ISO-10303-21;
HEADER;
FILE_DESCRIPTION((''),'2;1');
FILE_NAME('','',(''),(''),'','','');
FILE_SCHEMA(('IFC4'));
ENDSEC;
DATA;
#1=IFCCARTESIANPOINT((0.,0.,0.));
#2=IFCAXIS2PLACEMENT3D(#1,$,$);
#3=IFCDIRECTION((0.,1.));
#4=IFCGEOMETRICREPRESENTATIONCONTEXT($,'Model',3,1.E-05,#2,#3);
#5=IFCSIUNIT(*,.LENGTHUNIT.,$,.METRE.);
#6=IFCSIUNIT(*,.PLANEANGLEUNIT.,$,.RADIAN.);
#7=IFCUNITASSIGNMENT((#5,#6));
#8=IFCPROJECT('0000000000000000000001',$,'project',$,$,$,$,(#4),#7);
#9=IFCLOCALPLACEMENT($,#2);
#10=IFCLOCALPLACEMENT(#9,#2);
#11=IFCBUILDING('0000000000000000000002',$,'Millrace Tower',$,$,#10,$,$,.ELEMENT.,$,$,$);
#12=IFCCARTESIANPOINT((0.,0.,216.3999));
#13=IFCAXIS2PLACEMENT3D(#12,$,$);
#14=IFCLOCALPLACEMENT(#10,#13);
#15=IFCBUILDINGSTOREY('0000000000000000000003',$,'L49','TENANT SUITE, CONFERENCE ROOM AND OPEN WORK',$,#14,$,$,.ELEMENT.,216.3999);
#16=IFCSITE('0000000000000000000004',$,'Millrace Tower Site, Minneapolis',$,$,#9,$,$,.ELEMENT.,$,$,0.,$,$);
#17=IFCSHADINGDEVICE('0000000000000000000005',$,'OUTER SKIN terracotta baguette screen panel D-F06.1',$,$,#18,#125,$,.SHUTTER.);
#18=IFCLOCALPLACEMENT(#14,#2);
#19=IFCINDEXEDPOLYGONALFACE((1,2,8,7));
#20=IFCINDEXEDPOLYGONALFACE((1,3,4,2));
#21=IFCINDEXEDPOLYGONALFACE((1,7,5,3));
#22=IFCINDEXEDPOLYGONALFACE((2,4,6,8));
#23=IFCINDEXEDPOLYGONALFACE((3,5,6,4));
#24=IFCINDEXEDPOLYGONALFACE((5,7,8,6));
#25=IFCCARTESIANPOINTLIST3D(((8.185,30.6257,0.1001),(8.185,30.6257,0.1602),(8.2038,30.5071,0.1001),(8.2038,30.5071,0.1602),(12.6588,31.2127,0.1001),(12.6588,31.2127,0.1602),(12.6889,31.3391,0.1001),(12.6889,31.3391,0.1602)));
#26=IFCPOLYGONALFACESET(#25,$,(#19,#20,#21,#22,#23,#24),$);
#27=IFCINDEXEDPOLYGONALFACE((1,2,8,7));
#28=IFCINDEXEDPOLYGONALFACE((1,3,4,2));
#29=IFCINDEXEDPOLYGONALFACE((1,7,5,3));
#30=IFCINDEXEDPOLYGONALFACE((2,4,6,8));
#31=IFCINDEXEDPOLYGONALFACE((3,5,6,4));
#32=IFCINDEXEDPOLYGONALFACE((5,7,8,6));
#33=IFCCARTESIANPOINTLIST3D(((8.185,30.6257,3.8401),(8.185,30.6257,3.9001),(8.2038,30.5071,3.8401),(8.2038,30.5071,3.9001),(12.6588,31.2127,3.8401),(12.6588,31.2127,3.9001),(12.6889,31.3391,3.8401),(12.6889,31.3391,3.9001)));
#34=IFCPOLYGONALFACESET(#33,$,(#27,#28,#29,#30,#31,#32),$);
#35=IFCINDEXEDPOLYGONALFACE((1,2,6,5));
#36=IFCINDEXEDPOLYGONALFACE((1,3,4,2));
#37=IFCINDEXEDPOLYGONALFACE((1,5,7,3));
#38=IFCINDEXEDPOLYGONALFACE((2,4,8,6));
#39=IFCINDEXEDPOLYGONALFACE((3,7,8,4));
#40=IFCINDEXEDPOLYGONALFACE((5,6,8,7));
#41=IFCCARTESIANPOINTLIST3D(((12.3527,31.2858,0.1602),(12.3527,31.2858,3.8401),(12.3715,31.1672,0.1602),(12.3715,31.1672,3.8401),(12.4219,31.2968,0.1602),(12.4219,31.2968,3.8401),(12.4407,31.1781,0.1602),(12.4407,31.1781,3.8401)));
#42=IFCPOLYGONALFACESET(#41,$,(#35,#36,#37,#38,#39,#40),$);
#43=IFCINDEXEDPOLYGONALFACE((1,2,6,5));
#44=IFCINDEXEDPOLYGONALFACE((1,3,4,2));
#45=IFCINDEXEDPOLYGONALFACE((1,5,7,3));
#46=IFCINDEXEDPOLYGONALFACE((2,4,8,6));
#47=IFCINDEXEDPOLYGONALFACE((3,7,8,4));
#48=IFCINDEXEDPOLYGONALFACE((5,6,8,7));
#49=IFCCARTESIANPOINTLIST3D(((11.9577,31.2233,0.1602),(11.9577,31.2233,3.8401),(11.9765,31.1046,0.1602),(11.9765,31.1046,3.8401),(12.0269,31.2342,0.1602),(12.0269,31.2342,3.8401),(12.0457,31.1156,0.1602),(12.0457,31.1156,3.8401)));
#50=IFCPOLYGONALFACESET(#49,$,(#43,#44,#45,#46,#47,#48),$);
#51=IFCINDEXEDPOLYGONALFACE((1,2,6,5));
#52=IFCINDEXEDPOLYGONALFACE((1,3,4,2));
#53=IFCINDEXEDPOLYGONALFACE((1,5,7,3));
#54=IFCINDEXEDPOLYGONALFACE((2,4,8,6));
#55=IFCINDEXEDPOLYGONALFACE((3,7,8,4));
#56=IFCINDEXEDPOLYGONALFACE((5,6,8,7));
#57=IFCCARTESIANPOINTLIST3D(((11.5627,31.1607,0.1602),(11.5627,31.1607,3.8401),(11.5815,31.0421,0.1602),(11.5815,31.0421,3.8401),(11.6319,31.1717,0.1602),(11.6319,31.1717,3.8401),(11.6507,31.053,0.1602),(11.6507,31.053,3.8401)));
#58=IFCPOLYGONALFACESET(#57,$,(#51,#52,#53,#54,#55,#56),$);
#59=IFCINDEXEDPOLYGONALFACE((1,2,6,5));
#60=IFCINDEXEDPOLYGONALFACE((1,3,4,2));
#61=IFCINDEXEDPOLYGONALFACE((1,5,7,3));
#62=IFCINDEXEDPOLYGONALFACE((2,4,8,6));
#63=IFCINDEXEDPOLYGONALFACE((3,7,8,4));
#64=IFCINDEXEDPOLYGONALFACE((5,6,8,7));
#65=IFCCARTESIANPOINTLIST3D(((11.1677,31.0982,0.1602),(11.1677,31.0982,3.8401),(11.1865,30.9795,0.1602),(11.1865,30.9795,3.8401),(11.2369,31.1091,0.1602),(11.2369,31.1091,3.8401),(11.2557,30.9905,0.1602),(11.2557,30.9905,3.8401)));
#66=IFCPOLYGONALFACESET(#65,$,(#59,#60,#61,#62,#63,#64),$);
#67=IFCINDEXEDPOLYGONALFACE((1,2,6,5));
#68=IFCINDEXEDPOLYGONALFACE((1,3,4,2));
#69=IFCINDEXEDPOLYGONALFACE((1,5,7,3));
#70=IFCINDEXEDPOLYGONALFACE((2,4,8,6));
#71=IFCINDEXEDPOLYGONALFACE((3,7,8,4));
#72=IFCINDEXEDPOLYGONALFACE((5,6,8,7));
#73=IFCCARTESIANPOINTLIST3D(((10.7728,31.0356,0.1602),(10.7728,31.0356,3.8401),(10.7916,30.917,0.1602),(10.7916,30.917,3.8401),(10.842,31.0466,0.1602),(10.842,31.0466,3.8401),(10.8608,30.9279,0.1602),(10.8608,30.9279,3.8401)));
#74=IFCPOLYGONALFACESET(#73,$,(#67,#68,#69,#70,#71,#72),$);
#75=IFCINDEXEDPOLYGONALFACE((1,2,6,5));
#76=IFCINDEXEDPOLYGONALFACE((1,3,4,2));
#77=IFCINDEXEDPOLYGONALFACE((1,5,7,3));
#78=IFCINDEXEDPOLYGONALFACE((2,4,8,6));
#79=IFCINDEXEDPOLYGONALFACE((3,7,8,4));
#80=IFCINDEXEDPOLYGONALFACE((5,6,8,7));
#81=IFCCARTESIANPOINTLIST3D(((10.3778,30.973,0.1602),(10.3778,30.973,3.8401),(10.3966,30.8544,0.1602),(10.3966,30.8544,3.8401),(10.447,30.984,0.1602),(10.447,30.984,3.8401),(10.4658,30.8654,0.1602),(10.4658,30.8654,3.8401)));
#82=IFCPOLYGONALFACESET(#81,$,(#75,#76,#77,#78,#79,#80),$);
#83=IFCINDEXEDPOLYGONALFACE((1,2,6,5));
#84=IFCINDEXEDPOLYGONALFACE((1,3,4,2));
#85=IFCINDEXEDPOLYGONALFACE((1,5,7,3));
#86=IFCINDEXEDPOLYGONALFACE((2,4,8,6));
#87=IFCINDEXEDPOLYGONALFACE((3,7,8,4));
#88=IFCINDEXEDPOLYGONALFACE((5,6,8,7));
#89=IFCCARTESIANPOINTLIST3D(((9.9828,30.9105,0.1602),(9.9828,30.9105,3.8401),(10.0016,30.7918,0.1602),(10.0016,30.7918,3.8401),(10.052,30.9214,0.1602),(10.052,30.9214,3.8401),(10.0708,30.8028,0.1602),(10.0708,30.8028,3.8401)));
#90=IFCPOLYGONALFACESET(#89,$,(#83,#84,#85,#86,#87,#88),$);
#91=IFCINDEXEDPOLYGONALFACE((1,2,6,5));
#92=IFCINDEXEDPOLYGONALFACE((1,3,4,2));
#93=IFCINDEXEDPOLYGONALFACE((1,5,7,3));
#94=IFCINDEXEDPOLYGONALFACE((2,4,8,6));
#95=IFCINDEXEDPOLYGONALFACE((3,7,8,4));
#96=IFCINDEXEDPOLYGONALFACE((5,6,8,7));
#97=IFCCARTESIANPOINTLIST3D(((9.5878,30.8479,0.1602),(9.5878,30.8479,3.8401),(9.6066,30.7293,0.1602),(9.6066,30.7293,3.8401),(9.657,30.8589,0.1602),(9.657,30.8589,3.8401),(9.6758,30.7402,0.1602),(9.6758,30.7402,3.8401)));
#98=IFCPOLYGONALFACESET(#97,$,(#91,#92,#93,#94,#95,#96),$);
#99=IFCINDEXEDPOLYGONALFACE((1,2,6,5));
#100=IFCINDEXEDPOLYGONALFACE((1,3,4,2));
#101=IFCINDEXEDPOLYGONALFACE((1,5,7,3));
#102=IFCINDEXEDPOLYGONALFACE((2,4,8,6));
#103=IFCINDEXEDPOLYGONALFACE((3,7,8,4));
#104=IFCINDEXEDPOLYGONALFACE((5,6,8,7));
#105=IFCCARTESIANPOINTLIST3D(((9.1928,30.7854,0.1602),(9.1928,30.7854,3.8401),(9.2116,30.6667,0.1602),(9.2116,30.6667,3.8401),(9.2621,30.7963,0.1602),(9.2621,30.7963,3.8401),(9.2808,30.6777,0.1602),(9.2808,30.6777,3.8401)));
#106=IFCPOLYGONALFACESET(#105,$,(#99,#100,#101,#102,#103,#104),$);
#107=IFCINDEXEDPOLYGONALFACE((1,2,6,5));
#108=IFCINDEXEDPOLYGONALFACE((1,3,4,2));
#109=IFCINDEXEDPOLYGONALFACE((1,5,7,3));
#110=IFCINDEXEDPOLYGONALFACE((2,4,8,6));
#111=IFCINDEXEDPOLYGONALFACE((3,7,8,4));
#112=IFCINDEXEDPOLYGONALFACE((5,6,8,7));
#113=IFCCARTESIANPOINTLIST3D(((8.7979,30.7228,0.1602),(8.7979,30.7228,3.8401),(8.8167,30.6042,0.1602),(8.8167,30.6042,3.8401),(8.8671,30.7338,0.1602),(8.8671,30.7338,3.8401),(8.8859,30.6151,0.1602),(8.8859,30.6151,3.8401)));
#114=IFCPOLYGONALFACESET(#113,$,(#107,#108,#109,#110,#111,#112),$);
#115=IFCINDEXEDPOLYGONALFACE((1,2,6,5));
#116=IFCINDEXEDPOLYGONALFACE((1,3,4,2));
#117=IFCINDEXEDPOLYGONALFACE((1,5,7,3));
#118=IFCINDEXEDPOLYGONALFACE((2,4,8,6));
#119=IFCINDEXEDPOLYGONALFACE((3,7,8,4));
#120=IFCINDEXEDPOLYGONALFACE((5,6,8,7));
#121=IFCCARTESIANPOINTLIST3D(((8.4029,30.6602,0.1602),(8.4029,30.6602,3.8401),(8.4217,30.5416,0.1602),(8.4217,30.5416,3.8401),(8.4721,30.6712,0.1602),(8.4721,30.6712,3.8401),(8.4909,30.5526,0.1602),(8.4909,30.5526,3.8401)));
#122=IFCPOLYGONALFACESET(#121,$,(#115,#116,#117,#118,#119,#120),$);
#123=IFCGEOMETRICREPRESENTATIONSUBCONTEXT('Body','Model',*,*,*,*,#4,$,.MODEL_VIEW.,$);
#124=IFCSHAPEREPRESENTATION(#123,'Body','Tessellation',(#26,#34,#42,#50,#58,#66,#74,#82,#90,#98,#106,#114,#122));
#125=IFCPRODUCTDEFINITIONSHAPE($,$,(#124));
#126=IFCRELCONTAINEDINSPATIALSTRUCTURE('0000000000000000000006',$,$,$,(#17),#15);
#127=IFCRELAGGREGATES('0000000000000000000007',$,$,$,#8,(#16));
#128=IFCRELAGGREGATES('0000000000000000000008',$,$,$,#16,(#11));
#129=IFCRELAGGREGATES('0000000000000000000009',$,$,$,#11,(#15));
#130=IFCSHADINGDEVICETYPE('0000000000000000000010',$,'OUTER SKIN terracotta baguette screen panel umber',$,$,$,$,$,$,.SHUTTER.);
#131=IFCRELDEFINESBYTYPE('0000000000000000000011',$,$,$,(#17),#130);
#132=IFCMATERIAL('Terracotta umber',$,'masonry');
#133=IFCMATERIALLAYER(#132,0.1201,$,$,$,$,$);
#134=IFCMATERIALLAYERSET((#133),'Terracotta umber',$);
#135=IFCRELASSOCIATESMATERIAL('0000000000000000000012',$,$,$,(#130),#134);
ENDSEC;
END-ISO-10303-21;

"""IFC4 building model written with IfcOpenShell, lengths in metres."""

from ifc_helpers import new_model, entity, si_unit, direction, frame, frame_2d, origin, place, context, subcontext, project, spatial, rectangle, extrude, source, transform, mapped, material, layer, layer_set, type_object, element, save


model = new_model("IFC4")

# Units and contexts
model_context = context("Model", 3, precision=1e-05, world=origin(), true_north=direction((0.0, 1.0)))
body_context = subcontext(model_context, "Body", "Model", "MODEL_VIEW")
ifc_project = project(units=[si_unit("LENGTHUNIT", "METRE"), si_unit("PLANEANGLEUNIT", "RADIAN")], contexts=[model_context])

# Site, building, storey
site_placement = place(None, origin())
site = spatial("IfcSite", under=ifc_project, at=site_placement, Name="Millrace Tower Site, Minneapolis", CompositionType="ELEMENT", RefElevation=0.0)
building_placement = place(site_placement, origin())
building = spatial("IfcBuilding", under=site, at=building_placement, Name="Millrace Tower", CompositionType="ELEMENT")
storey_placement = place(building_placement, frame((0.0, 0.0, 216.3999)))
storey = spatial("IfcBuildingStorey", under=building, at=storey_placement, Name="L49", Description="TENANT SUITE, CONFERENCE ROOM AND OPEN WORK", CompositionType="ELEMENT", Elevation=216.3999)

# Shading device
ifc_material_1 = material(Name="Terracotta umber", Category="masonry")
ifc_layer_1 = layer(ifc_material_1, 0.1201)
ifc_layer_set_1 = layer_set([ifc_layer_1], Name="Terracotta umber")
shading_device_type = type_object("IfcShadingDeviceType", Name="OUTER SKIN terracotta baguette screen panel umber", PredefinedType="SHUTTER", material=ifc_layer_set_1)
cartesian_point_1 = entity("IfcCartesianPoint", [-2.2429, 0.0601])
shared_polyline_1 = entity("IfcPolyline", [cartesian_point_1, entity("IfcCartesianPoint", [2.2676, 0.0601]), entity("IfcCartesianPoint", [2.2676, -0.0601]), entity("IfcCartesianPoint", [-2.2925, -0.0601]), cartesian_point_1])
shared_shape_1 = source(origin(), body_context, "Body", "SweptSolid", [
    entity("IfcExtrudedAreaSolid", entity("IfcArbitraryClosedProfileDef", "AREA", None, shared_polyline_1), entity("IfcAxis2Placement3D", entity("IfcCartesianPoint", [0.0, 0.0, 0.0])), entity("IfcDirection", [0.0, 0.0, 1.0]), 0.0601),
    entity("IfcExtrudedAreaSolid", entity("IfcArbitraryClosedProfileDef", "AREA", None, shared_polyline_1), entity("IfcAxis2Placement3D", entity("IfcCartesianPoint", [0.0, 0.0, 3.74])), entity("IfcDirection", [0.0, 0.0, 1.0]), 0.0601),
    extrude(rectangle(XDim=0.0701, YDim=0.1201, at=frame_2d((-1.9871, 0.0))), frame((0.0, 0.0, 0.0601)), (0.0, 0.0, 1.0), 3.6799),
    extrude(rectangle(XDim=0.0701, YDim=0.1201, at=frame_2d((-1.5872, 0.0))), frame((0.0, 0.0, 0.0601)), (0.0, 0.0, 1.0), 3.6799),
    extrude(rectangle(XDim=0.0701, YDim=0.1201, at=frame_2d((-1.1873, 0.0))), frame((0.0, 0.0, 0.0601)), (0.0, 0.0, 1.0), 3.6799),
    extrude(rectangle(XDim=0.0701, YDim=0.1201, at=frame_2d((-0.7874, 0.0))), frame((0.0, 0.0, 0.0601)), (0.0, 0.0, 1.0), 3.6799),
    extrude(rectangle(XDim=0.0701, YDim=0.1201, at=frame_2d((-0.3875, 0.0))), frame((0.0, 0.0, 0.0601)), (0.0, 0.0, 1.0), 3.6799),
    extrude(rectangle(XDim=0.0701, YDim=0.1201, at=frame_2d((0.0125, 0.0))), frame((0.0, 0.0, 0.0601)), (0.0, 0.0, 1.0), 3.6799),
    extrude(rectangle(XDim=0.0701, YDim=0.1201, at=frame_2d((0.4124, 0.0))), frame((0.0, 0.0, 0.0601)), (0.0, 0.0, 1.0), 3.6799),
    extrude(rectangle(XDim=0.0701, YDim=0.1201, at=frame_2d((0.8123, 0.0))), frame((0.0, 0.0, 0.0601)), (0.0, 0.0, 1.0), 3.6799),
    extrude(rectangle(XDim=0.0701, YDim=0.1201, at=frame_2d((1.2122, 0.0))), frame((0.0, 0.0, 0.0601)), (0.0, 0.0, 1.0), 3.6799),
    extrude(rectangle(XDim=0.0701, YDim=0.1201, at=frame_2d((1.6121, 0.0))), frame((0.0, 0.0, 0.0601)), (0.0, 0.0, 1.0), 3.6799),
    extrude(rectangle(XDim=0.0701, YDim=0.1201, at=frame_2d((2.012, 0.0))), frame((0.0, 0.0, 0.0601)), (0.0, 0.0, 1.0), 3.6799),
])
shading_device_1_placement = place(storey_placement, frame((10.4341, 30.9211, 0.1001), z_axis=(0.0, 0.0, 1.0), x_axis=(-0.987688, -0.156434, 0.0)))
element("IfcShadingDevice", 1, at=shading_device_1_placement, inside=storey, type_object=shading_device_type, Name="OUTER SKIN terracotta baguette screen panel D-F06.1", PredefinedType="SHUTTER", context=body_context, shape_type="MappedRepresentation", body=[
    mapped(shared_shape_1, transform((0.0, 0.0, 0.0), scale=1.0)),
])

save(model, "model.ifc")
